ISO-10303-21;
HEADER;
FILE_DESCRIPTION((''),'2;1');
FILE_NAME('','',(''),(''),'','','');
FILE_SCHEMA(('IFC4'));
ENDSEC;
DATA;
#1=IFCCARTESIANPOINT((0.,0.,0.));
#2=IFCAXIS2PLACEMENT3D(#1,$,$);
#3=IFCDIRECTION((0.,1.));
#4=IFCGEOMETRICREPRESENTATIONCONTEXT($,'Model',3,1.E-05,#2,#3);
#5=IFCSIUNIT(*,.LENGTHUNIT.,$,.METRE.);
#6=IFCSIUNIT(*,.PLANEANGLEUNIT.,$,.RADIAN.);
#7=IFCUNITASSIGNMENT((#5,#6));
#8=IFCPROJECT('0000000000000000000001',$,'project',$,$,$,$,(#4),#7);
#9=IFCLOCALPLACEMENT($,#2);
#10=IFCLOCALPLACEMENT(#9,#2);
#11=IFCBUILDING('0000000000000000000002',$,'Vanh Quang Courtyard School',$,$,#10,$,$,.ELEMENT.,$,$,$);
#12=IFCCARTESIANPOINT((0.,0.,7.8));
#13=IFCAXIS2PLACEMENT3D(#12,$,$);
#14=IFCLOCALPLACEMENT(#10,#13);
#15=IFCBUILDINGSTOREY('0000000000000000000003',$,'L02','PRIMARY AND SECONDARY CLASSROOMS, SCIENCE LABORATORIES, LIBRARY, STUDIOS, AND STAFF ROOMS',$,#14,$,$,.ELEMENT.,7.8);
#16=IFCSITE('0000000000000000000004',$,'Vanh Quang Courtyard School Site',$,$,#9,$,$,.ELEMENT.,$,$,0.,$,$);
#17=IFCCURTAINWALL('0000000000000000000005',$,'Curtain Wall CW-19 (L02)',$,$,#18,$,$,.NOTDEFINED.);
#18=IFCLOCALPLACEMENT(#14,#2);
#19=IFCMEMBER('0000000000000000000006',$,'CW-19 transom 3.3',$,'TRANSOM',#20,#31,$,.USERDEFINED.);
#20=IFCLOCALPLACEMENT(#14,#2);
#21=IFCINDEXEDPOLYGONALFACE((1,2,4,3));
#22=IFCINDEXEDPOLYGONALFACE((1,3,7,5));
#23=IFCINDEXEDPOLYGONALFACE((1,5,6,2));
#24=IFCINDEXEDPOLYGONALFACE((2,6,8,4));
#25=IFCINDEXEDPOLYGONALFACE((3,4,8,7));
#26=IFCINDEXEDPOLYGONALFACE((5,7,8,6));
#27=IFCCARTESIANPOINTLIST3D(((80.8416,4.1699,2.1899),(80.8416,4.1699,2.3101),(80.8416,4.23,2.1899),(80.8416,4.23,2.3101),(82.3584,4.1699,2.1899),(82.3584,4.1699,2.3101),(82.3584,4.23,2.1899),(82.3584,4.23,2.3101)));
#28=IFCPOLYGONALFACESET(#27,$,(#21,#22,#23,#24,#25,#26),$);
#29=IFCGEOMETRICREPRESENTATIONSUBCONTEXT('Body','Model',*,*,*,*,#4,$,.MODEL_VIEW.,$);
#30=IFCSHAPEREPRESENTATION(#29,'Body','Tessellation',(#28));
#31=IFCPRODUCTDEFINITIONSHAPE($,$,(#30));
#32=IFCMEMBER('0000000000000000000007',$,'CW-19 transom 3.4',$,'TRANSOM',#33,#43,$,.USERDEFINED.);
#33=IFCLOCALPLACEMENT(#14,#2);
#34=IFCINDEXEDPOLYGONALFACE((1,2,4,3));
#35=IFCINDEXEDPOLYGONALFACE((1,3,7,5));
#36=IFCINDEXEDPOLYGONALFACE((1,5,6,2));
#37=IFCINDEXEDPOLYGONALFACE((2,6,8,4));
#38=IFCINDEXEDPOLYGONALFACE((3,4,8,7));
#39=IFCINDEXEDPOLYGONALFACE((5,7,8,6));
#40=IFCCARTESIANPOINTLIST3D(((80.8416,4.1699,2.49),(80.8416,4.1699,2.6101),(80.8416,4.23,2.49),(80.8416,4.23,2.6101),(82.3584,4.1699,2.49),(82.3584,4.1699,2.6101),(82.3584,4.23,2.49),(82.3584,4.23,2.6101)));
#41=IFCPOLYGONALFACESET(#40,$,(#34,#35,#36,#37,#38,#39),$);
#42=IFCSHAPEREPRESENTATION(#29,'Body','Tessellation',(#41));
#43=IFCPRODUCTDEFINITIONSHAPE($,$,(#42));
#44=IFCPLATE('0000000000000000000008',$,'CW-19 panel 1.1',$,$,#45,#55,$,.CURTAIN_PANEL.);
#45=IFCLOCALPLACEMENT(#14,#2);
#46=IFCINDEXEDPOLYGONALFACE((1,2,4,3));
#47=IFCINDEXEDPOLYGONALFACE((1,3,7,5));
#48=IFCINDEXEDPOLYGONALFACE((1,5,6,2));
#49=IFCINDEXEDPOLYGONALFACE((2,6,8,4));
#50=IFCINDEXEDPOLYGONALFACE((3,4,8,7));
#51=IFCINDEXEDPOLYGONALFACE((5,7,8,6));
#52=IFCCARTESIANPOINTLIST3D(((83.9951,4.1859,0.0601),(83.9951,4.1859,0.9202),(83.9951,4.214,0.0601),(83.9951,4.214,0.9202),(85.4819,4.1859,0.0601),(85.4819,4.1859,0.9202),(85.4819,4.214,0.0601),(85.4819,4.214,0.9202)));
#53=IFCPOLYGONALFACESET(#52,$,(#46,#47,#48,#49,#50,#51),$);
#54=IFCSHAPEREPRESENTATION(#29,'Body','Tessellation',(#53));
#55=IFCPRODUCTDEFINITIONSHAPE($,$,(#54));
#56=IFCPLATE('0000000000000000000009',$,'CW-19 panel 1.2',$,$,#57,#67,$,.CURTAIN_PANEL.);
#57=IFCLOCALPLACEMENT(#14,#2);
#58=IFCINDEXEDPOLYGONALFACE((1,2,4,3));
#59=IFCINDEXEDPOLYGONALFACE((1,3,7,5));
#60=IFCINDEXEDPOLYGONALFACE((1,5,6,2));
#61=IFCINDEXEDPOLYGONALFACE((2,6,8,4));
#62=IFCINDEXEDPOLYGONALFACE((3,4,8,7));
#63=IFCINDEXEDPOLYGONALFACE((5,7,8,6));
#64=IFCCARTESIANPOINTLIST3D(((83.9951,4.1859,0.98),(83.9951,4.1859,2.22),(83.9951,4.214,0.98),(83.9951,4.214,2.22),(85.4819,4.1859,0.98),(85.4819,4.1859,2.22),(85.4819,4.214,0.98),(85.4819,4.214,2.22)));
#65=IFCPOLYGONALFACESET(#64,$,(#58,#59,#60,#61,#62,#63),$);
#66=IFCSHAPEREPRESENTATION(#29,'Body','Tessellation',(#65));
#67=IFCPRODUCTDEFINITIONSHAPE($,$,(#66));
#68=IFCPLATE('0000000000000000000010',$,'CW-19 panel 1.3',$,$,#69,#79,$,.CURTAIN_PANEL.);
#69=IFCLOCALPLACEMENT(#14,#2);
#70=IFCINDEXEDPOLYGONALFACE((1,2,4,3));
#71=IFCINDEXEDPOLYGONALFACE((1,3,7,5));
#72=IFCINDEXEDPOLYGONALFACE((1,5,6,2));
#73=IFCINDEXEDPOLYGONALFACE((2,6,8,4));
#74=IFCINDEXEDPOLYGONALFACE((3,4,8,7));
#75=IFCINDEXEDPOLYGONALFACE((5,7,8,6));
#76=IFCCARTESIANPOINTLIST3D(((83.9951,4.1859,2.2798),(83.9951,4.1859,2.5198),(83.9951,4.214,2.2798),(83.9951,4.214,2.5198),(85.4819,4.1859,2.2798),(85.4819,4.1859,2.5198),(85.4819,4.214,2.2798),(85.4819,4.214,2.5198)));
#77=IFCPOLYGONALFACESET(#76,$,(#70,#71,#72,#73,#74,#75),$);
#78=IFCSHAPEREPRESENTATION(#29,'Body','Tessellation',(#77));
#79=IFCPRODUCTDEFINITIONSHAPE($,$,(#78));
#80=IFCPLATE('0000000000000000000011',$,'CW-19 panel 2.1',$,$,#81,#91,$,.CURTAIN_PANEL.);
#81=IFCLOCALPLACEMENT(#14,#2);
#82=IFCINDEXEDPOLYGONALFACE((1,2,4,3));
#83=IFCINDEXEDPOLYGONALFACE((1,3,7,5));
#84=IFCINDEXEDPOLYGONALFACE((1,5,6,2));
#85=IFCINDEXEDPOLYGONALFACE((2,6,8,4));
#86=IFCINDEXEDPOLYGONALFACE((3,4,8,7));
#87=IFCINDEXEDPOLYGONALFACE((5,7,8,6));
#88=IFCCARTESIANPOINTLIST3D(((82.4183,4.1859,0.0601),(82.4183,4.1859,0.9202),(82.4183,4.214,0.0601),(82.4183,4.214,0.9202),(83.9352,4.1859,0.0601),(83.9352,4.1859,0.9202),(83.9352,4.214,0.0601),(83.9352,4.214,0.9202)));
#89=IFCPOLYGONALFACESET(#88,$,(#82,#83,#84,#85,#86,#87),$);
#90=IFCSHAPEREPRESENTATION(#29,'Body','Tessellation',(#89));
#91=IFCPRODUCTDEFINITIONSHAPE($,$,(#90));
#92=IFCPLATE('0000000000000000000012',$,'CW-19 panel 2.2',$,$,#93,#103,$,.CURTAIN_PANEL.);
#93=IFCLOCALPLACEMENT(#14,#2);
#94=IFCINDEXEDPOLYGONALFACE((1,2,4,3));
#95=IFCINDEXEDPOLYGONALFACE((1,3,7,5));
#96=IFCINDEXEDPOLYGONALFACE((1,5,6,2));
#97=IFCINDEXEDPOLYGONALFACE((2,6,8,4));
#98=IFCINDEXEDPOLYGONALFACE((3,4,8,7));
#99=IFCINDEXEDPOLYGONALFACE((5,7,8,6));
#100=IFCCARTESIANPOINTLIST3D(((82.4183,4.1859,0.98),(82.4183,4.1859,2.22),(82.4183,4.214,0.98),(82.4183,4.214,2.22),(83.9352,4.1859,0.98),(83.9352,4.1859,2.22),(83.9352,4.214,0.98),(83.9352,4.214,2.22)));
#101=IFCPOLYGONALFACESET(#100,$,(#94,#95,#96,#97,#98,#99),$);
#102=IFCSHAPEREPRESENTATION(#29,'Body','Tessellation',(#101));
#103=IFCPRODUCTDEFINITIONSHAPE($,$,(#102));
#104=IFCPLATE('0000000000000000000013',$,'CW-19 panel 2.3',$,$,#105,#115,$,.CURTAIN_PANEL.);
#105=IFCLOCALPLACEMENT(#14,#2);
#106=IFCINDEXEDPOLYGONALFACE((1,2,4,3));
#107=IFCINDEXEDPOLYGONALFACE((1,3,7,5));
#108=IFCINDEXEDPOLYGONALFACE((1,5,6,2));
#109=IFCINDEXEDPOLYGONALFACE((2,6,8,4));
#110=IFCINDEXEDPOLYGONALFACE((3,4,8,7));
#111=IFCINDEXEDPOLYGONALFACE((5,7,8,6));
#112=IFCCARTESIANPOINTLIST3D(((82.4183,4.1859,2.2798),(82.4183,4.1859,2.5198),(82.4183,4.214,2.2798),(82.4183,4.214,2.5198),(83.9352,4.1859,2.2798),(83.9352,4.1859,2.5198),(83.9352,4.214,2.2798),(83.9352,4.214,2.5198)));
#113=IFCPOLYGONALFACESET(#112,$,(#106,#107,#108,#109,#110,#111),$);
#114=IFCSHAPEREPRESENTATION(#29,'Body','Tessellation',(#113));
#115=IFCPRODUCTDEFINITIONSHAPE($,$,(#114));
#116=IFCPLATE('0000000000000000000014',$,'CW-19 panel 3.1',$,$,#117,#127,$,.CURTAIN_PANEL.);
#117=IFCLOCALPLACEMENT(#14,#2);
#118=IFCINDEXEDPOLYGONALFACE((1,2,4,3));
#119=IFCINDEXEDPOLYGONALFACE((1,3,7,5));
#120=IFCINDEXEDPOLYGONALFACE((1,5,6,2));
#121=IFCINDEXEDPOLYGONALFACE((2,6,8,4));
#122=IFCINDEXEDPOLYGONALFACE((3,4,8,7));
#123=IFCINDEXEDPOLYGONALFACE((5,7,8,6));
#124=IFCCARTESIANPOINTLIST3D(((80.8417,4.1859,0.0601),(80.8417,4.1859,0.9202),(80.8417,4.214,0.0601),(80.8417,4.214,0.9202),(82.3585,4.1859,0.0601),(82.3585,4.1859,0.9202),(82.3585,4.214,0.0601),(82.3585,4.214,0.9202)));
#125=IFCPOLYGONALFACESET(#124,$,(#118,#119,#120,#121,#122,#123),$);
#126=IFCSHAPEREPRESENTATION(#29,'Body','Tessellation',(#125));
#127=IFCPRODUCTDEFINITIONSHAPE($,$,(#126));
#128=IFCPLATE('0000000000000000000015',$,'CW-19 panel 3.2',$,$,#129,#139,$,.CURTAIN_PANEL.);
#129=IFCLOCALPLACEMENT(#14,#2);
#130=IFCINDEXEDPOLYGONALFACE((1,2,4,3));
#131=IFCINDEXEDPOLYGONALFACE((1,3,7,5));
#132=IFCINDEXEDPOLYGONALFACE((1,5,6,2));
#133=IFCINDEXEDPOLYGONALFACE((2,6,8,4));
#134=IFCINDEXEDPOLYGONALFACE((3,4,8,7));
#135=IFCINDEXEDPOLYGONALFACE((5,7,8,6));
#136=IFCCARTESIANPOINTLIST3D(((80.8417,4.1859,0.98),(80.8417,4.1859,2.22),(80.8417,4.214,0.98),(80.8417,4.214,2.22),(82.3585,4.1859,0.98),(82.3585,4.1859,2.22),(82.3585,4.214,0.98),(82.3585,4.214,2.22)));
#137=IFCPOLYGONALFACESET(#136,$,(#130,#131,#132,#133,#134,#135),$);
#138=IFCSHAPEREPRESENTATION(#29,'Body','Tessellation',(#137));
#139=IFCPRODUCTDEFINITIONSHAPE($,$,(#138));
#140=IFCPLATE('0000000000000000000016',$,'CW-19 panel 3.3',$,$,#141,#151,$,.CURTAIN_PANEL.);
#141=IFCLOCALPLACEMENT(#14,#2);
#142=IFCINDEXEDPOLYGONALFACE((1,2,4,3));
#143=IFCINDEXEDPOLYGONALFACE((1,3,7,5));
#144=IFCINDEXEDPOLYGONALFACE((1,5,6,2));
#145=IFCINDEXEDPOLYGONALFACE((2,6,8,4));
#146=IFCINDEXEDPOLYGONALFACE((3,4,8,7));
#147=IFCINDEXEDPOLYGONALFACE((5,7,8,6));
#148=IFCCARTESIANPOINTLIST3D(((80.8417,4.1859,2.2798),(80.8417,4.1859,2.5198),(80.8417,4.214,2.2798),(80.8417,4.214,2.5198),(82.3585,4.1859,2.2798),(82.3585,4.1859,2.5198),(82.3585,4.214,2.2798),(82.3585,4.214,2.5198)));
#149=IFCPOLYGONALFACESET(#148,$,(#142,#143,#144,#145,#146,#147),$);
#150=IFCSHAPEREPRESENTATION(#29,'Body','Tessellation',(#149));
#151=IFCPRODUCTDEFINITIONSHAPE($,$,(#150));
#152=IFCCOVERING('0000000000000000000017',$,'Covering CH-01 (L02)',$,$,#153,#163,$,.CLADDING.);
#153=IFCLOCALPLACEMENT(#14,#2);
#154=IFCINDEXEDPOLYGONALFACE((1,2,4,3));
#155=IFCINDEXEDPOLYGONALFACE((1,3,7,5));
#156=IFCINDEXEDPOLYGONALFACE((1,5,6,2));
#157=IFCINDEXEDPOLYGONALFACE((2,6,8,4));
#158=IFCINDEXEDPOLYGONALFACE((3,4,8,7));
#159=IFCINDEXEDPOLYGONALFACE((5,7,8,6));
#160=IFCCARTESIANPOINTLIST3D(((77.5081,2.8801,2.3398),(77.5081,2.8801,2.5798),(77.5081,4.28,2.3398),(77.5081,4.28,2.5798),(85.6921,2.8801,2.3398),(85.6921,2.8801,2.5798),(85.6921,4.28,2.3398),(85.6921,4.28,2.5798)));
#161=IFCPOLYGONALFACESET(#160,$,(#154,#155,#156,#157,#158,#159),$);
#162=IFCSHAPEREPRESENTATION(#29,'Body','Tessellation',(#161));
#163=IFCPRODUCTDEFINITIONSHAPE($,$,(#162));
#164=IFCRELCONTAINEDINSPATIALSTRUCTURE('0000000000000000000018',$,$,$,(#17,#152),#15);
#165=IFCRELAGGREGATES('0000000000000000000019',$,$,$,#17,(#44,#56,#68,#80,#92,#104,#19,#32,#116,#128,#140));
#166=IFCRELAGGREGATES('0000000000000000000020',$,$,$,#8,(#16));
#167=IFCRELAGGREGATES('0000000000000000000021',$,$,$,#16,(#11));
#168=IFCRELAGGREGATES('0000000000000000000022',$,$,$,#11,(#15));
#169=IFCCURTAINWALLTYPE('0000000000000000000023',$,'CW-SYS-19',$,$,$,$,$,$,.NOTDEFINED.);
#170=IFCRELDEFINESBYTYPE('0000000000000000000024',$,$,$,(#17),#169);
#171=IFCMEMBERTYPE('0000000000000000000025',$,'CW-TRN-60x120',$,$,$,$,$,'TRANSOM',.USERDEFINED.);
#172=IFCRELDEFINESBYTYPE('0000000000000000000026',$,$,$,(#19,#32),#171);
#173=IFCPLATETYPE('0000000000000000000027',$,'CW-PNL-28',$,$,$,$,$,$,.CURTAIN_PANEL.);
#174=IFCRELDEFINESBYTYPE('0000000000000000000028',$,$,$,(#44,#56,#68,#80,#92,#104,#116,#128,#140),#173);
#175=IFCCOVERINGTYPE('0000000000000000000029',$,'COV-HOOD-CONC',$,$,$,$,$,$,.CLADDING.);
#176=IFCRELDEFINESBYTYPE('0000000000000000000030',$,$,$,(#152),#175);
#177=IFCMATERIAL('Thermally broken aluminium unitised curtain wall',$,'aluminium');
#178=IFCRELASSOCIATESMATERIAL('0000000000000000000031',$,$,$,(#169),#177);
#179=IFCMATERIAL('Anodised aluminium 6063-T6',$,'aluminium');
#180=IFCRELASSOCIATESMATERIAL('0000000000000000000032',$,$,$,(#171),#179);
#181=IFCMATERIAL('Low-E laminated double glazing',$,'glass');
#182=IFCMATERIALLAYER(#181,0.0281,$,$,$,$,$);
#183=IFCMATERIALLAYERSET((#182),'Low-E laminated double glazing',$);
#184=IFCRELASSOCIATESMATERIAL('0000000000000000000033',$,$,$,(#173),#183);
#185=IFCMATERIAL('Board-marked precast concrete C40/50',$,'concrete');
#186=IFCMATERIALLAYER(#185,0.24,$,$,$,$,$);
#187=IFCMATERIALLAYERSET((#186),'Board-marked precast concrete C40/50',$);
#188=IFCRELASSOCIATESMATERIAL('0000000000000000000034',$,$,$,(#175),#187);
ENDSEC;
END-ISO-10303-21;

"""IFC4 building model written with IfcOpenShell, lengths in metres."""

from ifc_helpers import new_model, si_unit, direction, frame, origin, origin_2d, place, context, subcontext, project, spatial, rectangle, extrude, material, layer, layer_set, material_profile, profile_set, type_object, element, aggregate, save


model = new_model("IFC4")

# Units and contexts
model_context = context("Model", 3, precision=1e-05, world=origin(), true_north=direction((0.0, 1.0)))
body_context = subcontext(model_context, "Body", "Model", "MODEL_VIEW")
ifc_project = project(units=[si_unit("LENGTHUNIT", "METRE"), si_unit("PLANEANGLEUNIT", "RADIAN")], contexts=[model_context])

# Site, building, storey
site_placement = place(None, origin())
site = spatial("IfcSite", under=ifc_project, at=site_placement, Name="Vanh Quang Courtyard School Site", CompositionType="ELEMENT", RefElevation=0.0)
building_placement = place(site_placement, origin())
building = spatial("IfcBuilding", under=site, at=building_placement, Name="Vanh Quang Courtyard School", CompositionType="ELEMENT")
storey_placement = place(building_placement, frame((0.0, 0.0, 7.8)))
storey = spatial("IfcBuildingStorey", under=building, at=storey_placement, Name="L02", Description="PRIMARY AND SECONDARY CLASSROOMS, SCIENCE LABORATORIES, LIBRARY, STUDIOS, AND STAFF ROOMS", CompositionType="ELEMENT", Elevation=7.8)

# Curtain wall, members, plates
ifc_material_1 = material(Name="Thermally broken aluminium unitised curtain wall", Category="aluminium")
curtain_wall_type = type_object("IfcCurtainWallType", Name="CW-SYS-19", PredefinedType="NOTDEFINED", material=ifc_material_1)
curtain_wall_placement = place(storey_placement, origin())
curtain_wall = element("IfcCurtainWall", 1, at=curtain_wall_placement, inside=storey, type_object=curtain_wall_type, Name="Curtain Wall CW-19 (L02)", PredefinedType="NOTDEFINED")
ifc_material_2 = material(Name="Anodised aluminium 6063-T6", Category="aluminium")
ifc_material_profile_1 = material_profile(ifc_material_2, rectangle(XDim=0.0601, YDim=0.1201, at=origin_2d()), Name="ALU-TRN 60x120")
ifc_profile_set_1 = profile_set([ifc_material_profile_1], Name="Anodised aluminium 6063-T6")
member_type_1 = type_object("IfcMemberType", Name="CW-TRN-60x120", ElementType="TRANSOM", PredefinedType="USERDEFINED", material=ifc_profile_set_1)
member_1_placement = place(storey_placement, frame((82.3584, 4.2, 2.25), z_axis=(-1.0, 0.0, 0.0), x_axis=(0.0, -1.0, 0.0)))
member_1 = element("IfcMember", 2, at=member_1_placement, type_object=member_type_1, Name="CW-19 transom 3.3", ObjectType="TRANSOM", PredefinedType="USERDEFINED", context=body_context, shape_type="SweptSolid", body=[
    extrude(rectangle(XDim=0.0601, YDim=0.1201, at=origin_2d()), origin(), (0.0, 0.0, 1.0), 1.5168),
])
member_2_placement = place(storey_placement, frame((82.3584, 4.2, 2.55), z_axis=(-1.0, 0.0, 0.0), x_axis=(0.0, -1.0, 0.0)))
member_2 = element("IfcMember", 3, at=member_2_placement, type_object=member_type_1, Name="CW-19 transom 3.4", ObjectType="TRANSOM", PredefinedType="USERDEFINED", context=body_context, shape_type="SweptSolid", body=[
    extrude(rectangle(XDim=0.0601, YDim=0.1201, at=origin_2d()), origin(), (0.0, 0.0, 1.0), 1.5168),
])
ifc_material_3 = material(Name="Low-E laminated double glazing", Category="glass")
ifc_layer_1 = layer(ifc_material_3, 0.0281)
ifc_layer_set_1 = layer_set([ifc_layer_1], Name="Low-E laminated double glazing")
plate_type = type_object("IfcPlateType", Name="CW-PNL-28", PredefinedType="CURTAIN_PANEL", material=ifc_layer_set_1)
plate_1_placement = place(storey_placement, frame((84.7385, 4.2, 0.0601), z_axis=(0.0, 0.0, 1.0), x_axis=(-1.0, 0.0, 0.0)))
plate_1 = element("IfcPlate", 4, at=plate_1_placement, type_object=plate_type, Name="CW-19 panel 1.1", PredefinedType="CURTAIN_PANEL", context=body_context, shape_type="SweptSolid", body=[
    extrude(rectangle(XDim=1.4868, YDim=0.0281, at=origin_2d()), origin(), (0.0, 0.0, 1.0), 0.8601),
])
plate_2_placement = place(storey_placement, frame((84.7385, 4.2, 0.98), z_axis=(0.0, 0.0, 1.0), x_axis=(-1.0, 0.0, 0.0)))
plate_2 = element("IfcPlate", 5, at=plate_2_placement, type_object=plate_type, Name="CW-19 panel 1.2", PredefinedType="CURTAIN_PANEL", context=body_context, shape_type="SweptSolid", body=[
    extrude(rectangle(XDim=1.4868, YDim=0.0281, at=origin_2d()), origin(), (0.0, 0.0, 1.0), 1.24),
])
plate_3_placement = place(storey_placement, frame((84.7385, 4.2, 2.2798), z_axis=(0.0, 0.0, 1.0), x_axis=(-1.0, 0.0, 0.0)))
plate_3 = element("IfcPlate", 6, at=plate_3_placement, type_object=plate_type, Name="CW-19 panel 1.3", PredefinedType="CURTAIN_PANEL", context=body_context, shape_type="SweptSolid", body=[
    extrude(rectangle(XDim=1.4868, YDim=0.0281, at=origin_2d()), origin(), (0.0, 0.0, 1.0), 0.24),
])
plate_4_placement = place(storey_placement, frame((83.1768, 4.2, 0.0601), z_axis=(0.0, 0.0, 1.0), x_axis=(-1.0, 0.0, 0.0)))
plate_4 = element("IfcPlate", 7, at=plate_4_placement, type_object=plate_type, Name="CW-19 panel 2.1", PredefinedType="CURTAIN_PANEL", context=body_context, shape_type="SweptSolid", body=[
    extrude(rectangle(XDim=1.5168, YDim=0.0281, at=origin_2d()), origin(), (0.0, 0.0, 1.0), 0.8601),
])
plate_5_placement = place(storey_placement, frame((83.1768, 4.2, 0.98), z_axis=(0.0, 0.0, 1.0), x_axis=(-1.0, 0.0, 0.0)))
plate_5 = element("IfcPlate", 8, at=plate_5_placement, type_object=plate_type, Name="CW-19 panel 2.2", PredefinedType="CURTAIN_PANEL", context=body_context, shape_type="SweptSolid", body=[
    extrude(rectangle(XDim=1.5168, YDim=0.0281, at=origin_2d()), origin(), (0.0, 0.0, 1.0), 1.24),
])
plate_6_placement = place(storey_placement, frame((83.1768, 4.2, 2.2798), z_axis=(0.0, 0.0, 1.0), x_axis=(-1.0, 0.0, 0.0)))
plate_6 = element("IfcPlate", 9, at=plate_6_placement, type_object=plate_type, Name="CW-19 panel 2.3", PredefinedType="CURTAIN_PANEL", context=body_context, shape_type="SweptSolid", body=[
    extrude(rectangle(XDim=1.5168, YDim=0.0281, at=origin_2d()), origin(), (0.0, 0.0, 1.0), 0.24),
])
plate_7_placement = place(storey_placement, frame((81.6001, 4.2, 0.0601), z_axis=(0.0, 0.0, 1.0), x_axis=(-1.0, 0.0, 0.0)))
plate_7 = element("IfcPlate", 10, at=plate_7_placement, type_object=plate_type, Name="CW-19 panel 3.1", PredefinedType="CURTAIN_PANEL", context=body_context, shape_type="SweptSolid", body=[
    extrude(rectangle(XDim=1.5168, YDim=0.0281, at=origin_2d()), origin(), (0.0, 0.0, 1.0), 0.8601),
])
plate_8_placement = place(storey_placement, frame((81.6001, 4.2, 0.98), z_axis=(0.0, 0.0, 1.0), x_axis=(-1.0, 0.0, 0.0)))
plate_8 = element("IfcPlate", 11, at=plate_8_placement, type_object=plate_type, Name="CW-19 panel 3.2", PredefinedType="CURTAIN_PANEL", context=body_context, shape_type="SweptSolid", body=[
    extrude(rectangle(XDim=1.5168, YDim=0.0281, at=origin_2d()), origin(), (0.0, 0.0, 1.0), 1.24),
])
plate_9_placement = place(storey_placement, frame((81.6001, 4.2, 2.2798), z_axis=(0.0, 0.0, 1.0), x_axis=(-1.0, 0.0, 0.0)))
plate_9 = element("IfcPlate", 12, at=plate_9_placement, type_object=plate_type, Name="CW-19 panel 3.3", PredefinedType="CURTAIN_PANEL", context=body_context, shape_type="SweptSolid", body=[
    extrude(rectangle(XDim=1.5168, YDim=0.0281, at=origin_2d()), origin(), (0.0, 0.0, 1.0), 0.24),
])
aggregate(curtain_wall, [plate_1, plate_2, plate_3, plate_4, plate_5, plate_6, member_1, member_2, plate_7, plate_8, plate_9])

# Covering
ifc_material_4 = material(Name="Board-marked precast concrete C40/50", Category="concrete")
ifc_layer_2 = layer(ifc_material_4, 0.24)
ifc_layer_set_2 = layer_set([ifc_layer_2], Name="Board-marked precast concrete C40/50")
covering_type = type_object("IfcCoveringType", Name="COV-HOOD-CONC", PredefinedType="CLADDING", material=ifc_layer_set_2)
covering_placement = place(storey_placement, frame((81.6001, 3.5801, 2.3398), z_axis=(0.0, 0.0, 1.0), x_axis=(-1.0, 0.0, 0.0)))
element("IfcCovering", 13, at=covering_placement, inside=storey, type_object=covering_type, Name="Covering CH-01 (L02)", PredefinedType="CLADDING", context=body_context, shape_type="SweptSolid", body=[
    extrude(rectangle(XDim=8.1841, YDim=1.3999, at=origin_2d()), origin(), (0.0, 0.0, 1.0), 0.24),
])

save(model, "model.ifc")
